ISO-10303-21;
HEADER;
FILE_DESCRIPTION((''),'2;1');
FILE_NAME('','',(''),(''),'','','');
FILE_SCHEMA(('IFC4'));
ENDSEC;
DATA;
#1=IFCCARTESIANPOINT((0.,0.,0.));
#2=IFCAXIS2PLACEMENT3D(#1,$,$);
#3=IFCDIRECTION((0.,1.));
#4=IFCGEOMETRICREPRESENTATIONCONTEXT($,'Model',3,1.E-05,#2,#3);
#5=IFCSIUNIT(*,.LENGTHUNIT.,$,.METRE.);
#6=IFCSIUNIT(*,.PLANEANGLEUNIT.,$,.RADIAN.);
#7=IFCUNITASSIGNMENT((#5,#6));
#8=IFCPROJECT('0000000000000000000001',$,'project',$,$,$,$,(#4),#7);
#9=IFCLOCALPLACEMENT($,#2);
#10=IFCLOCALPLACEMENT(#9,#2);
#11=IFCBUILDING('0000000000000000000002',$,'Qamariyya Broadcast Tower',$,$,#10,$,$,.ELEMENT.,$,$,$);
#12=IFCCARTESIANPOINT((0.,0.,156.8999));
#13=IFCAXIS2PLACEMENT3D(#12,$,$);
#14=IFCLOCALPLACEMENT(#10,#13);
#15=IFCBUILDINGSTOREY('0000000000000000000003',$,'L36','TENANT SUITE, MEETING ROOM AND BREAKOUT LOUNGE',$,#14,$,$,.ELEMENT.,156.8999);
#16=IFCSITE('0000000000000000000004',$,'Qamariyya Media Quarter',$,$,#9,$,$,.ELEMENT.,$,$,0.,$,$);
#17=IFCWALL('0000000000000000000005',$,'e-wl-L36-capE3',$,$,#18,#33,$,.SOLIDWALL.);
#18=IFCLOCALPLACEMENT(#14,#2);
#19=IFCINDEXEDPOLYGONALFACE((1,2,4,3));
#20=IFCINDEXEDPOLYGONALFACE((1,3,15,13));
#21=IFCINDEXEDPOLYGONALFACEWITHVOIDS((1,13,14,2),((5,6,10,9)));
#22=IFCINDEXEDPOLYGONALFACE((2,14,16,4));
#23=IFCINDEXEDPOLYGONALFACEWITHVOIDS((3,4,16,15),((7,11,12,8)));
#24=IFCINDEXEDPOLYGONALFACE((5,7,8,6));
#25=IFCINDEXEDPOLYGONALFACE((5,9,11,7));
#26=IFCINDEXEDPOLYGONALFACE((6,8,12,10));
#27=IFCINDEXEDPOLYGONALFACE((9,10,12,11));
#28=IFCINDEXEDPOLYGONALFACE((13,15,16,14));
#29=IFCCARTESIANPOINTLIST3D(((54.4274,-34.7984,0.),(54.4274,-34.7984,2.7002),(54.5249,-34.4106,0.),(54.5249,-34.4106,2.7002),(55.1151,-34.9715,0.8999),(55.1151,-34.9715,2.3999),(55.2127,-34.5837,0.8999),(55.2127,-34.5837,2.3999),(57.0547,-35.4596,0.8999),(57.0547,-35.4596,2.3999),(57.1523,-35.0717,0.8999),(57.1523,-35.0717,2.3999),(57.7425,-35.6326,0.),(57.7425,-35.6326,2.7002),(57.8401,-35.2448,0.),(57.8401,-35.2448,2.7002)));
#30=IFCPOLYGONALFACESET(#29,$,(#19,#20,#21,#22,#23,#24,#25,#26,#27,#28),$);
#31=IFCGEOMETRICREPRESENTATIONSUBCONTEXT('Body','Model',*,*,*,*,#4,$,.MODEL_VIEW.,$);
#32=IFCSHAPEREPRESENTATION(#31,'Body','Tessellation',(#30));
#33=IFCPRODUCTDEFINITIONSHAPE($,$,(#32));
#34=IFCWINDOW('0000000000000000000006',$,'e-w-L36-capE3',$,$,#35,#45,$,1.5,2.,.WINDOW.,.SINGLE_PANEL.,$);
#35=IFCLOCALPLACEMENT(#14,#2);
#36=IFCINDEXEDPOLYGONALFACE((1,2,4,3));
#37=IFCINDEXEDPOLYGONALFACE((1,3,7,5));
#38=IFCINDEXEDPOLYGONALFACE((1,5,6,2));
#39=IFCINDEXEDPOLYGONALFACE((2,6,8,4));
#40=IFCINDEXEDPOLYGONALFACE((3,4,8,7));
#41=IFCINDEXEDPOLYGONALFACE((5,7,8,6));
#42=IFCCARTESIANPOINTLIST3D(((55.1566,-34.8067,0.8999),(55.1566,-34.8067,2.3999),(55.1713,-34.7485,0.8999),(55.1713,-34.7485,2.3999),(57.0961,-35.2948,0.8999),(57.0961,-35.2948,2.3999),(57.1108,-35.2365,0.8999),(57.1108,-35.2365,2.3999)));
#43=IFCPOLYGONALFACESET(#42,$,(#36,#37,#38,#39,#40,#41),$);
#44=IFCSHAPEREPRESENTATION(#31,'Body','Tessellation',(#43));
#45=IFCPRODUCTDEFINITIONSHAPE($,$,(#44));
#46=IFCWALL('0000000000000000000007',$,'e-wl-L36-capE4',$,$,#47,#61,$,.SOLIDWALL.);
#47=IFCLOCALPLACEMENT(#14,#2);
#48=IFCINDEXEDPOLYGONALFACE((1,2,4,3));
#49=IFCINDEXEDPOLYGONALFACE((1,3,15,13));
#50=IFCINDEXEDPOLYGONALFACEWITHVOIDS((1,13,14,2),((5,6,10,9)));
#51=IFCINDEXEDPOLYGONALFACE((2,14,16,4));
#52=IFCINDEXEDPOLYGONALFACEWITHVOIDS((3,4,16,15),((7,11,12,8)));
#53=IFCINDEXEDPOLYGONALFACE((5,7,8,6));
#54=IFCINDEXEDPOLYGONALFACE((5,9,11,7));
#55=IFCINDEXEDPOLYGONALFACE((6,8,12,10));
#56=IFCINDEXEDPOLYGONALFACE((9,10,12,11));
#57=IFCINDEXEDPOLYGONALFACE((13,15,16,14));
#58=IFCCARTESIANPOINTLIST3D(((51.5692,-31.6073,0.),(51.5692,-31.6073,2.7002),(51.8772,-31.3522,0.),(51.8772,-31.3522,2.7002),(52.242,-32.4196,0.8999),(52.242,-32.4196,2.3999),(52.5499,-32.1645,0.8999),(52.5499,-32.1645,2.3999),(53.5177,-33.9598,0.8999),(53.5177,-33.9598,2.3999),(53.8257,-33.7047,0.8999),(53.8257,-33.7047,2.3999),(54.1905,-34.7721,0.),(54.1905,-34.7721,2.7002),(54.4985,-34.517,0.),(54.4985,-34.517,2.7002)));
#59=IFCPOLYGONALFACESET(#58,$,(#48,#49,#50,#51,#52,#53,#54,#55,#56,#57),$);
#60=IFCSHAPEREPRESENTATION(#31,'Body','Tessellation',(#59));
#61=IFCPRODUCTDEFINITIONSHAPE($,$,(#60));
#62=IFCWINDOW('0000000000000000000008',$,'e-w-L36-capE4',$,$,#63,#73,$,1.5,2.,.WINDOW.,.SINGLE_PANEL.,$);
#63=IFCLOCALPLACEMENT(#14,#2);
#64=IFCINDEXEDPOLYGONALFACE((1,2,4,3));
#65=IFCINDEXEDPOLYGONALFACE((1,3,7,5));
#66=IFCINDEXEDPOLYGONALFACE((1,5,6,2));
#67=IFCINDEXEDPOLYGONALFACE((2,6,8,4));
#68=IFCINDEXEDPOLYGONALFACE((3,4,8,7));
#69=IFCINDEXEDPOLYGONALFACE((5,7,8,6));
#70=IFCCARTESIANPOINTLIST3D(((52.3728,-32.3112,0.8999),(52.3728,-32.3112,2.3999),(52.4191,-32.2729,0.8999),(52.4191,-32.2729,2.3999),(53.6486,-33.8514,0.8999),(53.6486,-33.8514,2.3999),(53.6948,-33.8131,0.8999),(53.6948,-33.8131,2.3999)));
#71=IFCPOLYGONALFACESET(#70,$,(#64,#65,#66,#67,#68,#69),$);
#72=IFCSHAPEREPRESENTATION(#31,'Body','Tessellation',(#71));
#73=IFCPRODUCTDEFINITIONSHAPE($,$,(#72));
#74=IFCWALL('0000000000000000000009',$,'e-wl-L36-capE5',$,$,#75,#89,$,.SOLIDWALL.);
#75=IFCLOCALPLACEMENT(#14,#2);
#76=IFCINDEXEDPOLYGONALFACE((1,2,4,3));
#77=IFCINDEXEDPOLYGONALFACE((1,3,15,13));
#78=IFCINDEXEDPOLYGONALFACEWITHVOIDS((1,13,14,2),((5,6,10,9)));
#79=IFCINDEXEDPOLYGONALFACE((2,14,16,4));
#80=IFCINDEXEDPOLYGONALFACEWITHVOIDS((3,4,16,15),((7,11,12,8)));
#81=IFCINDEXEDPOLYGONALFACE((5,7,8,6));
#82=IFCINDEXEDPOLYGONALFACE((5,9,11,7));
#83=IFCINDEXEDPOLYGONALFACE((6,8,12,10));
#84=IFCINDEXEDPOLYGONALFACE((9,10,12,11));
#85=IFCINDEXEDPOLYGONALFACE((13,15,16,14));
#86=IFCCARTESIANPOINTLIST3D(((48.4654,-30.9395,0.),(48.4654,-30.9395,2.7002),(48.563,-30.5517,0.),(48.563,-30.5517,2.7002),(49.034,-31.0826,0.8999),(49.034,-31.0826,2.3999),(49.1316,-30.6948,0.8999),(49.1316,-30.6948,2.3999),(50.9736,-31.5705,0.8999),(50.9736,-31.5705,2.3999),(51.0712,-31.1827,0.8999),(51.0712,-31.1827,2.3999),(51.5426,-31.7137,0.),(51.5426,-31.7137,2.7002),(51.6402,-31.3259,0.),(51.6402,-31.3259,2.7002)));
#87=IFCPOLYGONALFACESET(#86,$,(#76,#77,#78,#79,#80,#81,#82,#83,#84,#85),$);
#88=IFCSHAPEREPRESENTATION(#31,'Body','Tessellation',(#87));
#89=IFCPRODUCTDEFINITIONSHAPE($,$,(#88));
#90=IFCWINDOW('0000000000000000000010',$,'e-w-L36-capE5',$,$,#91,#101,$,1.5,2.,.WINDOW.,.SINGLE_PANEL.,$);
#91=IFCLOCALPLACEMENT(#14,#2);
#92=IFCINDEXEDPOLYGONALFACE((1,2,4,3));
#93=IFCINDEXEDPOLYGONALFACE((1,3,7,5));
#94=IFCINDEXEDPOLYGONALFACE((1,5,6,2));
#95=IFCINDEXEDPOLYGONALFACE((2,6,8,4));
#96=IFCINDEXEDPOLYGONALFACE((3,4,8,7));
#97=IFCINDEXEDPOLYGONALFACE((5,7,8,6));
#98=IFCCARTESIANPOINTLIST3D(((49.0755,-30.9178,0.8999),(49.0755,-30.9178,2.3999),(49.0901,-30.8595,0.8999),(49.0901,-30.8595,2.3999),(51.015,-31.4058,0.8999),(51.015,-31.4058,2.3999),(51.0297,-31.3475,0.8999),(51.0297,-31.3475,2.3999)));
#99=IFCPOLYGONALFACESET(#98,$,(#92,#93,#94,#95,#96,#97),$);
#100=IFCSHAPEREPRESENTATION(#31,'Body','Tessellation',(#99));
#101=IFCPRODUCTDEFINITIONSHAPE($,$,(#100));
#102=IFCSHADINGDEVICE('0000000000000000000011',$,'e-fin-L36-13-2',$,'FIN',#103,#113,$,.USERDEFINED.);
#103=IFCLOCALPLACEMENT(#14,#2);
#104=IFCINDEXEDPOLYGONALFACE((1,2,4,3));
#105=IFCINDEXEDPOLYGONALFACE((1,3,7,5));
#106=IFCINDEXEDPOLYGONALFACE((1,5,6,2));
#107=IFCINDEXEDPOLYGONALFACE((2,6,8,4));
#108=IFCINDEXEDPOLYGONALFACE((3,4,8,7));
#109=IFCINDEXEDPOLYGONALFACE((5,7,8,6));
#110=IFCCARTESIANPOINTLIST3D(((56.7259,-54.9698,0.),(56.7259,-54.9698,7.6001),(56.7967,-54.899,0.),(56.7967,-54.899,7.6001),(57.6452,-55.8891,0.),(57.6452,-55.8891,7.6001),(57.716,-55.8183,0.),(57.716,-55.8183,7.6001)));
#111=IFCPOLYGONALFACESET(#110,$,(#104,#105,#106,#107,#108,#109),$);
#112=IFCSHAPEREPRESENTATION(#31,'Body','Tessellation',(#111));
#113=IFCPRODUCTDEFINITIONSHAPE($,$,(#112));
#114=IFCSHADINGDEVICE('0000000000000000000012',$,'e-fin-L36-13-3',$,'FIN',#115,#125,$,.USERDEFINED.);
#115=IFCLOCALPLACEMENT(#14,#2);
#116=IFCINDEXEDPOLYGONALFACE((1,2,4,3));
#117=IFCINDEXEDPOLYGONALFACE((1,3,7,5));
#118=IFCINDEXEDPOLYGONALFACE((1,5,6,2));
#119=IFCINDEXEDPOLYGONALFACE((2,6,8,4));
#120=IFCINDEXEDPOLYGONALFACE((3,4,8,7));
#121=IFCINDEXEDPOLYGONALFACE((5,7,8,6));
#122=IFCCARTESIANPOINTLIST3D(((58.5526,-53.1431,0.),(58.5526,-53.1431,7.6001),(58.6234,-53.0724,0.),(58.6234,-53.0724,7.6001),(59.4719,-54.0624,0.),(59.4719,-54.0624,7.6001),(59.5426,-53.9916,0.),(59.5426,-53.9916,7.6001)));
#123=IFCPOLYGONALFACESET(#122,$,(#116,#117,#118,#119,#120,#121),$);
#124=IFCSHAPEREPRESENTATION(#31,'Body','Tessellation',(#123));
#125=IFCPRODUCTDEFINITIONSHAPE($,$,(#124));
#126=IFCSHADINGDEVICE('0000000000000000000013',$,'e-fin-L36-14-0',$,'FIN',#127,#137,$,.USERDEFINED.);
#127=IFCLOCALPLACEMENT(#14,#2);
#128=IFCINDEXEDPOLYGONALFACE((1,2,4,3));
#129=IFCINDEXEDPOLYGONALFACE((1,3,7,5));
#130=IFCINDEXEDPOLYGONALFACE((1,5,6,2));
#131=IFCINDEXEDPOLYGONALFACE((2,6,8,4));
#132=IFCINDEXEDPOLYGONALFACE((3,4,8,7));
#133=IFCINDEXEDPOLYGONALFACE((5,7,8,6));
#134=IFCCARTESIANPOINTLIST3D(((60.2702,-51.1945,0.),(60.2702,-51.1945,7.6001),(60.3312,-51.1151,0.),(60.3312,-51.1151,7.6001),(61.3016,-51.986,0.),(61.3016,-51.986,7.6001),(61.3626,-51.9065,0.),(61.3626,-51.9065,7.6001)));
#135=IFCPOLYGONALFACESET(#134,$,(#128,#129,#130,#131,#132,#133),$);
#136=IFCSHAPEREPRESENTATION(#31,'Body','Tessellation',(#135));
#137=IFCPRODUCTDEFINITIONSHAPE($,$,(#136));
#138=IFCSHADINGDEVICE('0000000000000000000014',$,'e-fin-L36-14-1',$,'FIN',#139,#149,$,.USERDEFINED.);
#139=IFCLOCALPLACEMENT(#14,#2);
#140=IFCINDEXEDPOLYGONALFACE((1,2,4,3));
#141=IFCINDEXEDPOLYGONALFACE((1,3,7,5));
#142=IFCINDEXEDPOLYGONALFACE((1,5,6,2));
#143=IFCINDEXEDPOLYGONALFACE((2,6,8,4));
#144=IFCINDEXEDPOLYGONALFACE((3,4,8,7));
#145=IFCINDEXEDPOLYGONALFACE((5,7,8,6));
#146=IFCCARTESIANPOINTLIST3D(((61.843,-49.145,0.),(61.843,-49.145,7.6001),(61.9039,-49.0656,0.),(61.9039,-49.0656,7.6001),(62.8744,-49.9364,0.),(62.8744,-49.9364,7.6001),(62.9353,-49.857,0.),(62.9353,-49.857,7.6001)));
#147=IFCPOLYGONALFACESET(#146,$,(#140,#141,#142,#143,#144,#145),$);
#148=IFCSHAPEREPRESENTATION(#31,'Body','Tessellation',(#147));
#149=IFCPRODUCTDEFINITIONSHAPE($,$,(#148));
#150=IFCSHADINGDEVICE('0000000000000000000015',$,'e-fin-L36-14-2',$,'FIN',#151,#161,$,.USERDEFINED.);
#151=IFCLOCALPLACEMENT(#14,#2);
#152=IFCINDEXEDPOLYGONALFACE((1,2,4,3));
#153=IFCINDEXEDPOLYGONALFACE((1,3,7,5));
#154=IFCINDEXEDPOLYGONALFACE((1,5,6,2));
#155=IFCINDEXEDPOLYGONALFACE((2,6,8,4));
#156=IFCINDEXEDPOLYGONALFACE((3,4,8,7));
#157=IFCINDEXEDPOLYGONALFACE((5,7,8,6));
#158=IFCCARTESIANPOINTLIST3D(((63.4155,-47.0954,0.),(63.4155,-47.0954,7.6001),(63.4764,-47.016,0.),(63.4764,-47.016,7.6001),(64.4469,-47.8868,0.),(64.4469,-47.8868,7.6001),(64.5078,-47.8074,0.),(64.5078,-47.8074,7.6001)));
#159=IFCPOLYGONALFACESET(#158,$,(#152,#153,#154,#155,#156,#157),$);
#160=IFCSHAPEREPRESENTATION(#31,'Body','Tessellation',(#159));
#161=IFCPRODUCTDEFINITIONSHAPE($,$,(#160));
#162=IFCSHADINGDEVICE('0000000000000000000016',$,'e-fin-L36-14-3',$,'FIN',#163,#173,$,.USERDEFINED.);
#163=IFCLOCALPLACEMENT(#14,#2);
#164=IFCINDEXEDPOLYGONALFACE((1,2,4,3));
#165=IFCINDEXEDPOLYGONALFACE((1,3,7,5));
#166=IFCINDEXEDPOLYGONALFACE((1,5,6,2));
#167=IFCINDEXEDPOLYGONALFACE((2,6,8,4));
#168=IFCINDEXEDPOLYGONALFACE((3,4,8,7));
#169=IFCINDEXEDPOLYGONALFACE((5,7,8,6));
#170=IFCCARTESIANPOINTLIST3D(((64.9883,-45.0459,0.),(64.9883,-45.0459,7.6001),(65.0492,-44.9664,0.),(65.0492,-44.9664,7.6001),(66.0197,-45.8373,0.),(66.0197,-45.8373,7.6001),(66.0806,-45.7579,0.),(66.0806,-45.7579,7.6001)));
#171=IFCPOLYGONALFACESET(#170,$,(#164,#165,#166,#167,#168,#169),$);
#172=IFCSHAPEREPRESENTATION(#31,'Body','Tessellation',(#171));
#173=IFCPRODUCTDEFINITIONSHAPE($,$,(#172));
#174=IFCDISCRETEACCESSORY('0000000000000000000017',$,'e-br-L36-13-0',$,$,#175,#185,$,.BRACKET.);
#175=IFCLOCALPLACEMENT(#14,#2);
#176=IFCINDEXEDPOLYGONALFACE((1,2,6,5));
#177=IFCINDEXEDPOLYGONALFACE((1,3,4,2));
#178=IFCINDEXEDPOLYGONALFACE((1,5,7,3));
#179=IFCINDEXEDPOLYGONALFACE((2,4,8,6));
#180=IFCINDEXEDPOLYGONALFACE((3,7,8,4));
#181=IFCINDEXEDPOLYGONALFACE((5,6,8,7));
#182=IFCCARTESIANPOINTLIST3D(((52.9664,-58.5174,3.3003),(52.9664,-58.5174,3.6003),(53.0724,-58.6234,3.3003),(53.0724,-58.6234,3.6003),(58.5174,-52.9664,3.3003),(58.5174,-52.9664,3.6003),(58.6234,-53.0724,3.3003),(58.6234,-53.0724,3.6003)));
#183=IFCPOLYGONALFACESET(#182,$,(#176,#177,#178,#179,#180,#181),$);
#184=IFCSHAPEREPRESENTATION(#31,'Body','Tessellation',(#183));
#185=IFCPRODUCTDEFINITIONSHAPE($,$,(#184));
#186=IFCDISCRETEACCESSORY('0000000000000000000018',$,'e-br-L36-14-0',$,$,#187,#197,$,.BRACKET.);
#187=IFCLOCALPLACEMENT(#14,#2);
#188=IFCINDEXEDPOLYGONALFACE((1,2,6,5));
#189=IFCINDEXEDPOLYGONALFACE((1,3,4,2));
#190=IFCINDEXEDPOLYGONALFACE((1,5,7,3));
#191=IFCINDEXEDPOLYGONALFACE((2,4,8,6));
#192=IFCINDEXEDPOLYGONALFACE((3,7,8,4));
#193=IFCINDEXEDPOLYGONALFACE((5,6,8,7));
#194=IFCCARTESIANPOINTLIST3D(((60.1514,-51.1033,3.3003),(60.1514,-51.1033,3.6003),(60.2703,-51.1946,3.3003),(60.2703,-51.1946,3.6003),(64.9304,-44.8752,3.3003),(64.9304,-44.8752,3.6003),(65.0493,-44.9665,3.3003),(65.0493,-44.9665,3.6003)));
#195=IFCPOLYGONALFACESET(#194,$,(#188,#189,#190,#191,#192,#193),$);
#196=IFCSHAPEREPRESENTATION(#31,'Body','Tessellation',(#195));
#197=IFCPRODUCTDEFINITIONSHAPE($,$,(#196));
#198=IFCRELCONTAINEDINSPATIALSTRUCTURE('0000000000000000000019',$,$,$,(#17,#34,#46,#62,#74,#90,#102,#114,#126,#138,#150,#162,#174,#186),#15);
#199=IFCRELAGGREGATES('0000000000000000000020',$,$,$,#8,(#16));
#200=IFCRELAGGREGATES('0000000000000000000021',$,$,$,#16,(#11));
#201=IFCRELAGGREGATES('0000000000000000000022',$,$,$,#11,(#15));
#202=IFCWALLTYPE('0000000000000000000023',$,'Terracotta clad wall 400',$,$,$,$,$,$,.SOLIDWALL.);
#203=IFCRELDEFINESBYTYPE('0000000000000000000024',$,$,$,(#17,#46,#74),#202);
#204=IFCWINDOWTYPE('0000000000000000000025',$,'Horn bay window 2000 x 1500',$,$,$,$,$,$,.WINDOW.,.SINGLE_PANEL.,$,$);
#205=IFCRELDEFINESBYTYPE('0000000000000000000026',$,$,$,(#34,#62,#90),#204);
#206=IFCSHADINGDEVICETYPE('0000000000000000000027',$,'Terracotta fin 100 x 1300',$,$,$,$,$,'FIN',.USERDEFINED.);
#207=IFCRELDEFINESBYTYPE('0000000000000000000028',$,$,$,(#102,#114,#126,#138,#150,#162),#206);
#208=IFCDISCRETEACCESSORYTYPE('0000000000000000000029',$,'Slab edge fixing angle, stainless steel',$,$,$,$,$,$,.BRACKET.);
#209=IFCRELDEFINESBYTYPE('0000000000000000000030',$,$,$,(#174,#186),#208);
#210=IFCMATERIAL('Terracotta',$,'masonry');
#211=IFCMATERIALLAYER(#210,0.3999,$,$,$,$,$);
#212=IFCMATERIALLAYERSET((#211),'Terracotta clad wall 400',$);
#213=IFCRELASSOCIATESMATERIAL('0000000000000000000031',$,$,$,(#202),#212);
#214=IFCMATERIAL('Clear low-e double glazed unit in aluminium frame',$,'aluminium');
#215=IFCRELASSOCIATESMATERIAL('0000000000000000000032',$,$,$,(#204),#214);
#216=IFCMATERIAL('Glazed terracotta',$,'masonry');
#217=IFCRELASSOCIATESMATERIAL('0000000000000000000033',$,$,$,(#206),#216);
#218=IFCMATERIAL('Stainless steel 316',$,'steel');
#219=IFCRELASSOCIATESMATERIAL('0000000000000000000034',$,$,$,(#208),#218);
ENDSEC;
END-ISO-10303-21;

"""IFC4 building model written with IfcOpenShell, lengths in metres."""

from ifc_helpers import new_model, si_unit, direction, frame, frame_2d, origin, origin_2d, place, context, subcontext, project, spatial, rectangle, extrude, material, layer, layer_set, material_profile, profile_set, type_object, element, fill, save


model = new_model("IFC4")

# Units and contexts
model_context = context("Model", 3, precision=1e-05, world=origin(), true_north=direction((0.0, 1.0)))
body_context = subcontext(model_context, "Body", "Model", "MODEL_VIEW")
ifc_project = project(units=[si_unit("LENGTHUNIT", "METRE"), si_unit("PLANEANGLEUNIT", "RADIAN")], contexts=[model_context])

# Site, building, storey
site_placement = place(None, origin())
site = spatial("IfcSite", under=ifc_project, at=site_placement, Name="Qamariyya Media Quarter", CompositionType="ELEMENT", RefElevation=0.0)
building_placement = place(site_placement, origin())
building = spatial("IfcBuilding", under=site, at=building_placement, Name="Qamariyya Broadcast Tower", CompositionType="ELEMENT")
storey_placement = place(building_placement, frame((0.0, 0.0, 156.8999)))
storey = spatial("IfcBuildingStorey", under=building, at=storey_placement, Name="L36", Description="TENANT SUITE, MEETING ROOM AND BREAKOUT LOUNGE", CompositionType="ELEMENT", Elevation=156.8999)

# Walls, openings, windows
ifc_material_1 = material(Name="Terracotta", Category="masonry")
ifc_layer = layer(ifc_material_1, 0.3999)
ifc_layer_set = layer_set([ifc_layer], Name="Terracotta clad wall 400")
wall_type = type_object("IfcWallType", Name="Terracotta clad wall 400", PredefinedType="SOLIDWALL", material=ifc_layer_set)
ifc_material_2 = material(Name="Clear low-e double glazed unit in aluminium frame", Category="aluminium")
window_type = type_object("IfcWindowType", Name="Horn bay window 2000 x 1500", PartitioningType="SINGLE_PANEL", PredefinedType="WINDOW", material=ifc_material_2)
wall_1_placement = place(storey_placement, frame((57.7913, -35.4387, 0.0), z_axis=(0.0, 0.0, 1.0), x_axis=(-0.969767, 0.244031, 0.0)))
wall_1 = element("IfcWall", 1, at=wall_1_placement, inside=storey, type_object=wall_type, Name="e-wl-L36-capE3", PredefinedType="SOLIDWALL", context=body_context, shape_type="SweptSolid", body=[
    extrude(rectangle(XDim=3.4185, YDim=0.3999, at=frame_2d((1.7092, 0.0))), origin(), (0.0, 0.0, 1.0), 2.7002),
])
opening_1_placement = place(wall_1_placement, frame((0.7092, 0.0, 0.8999)))
opening_1 = element("IfcOpeningElement", 2, at=opening_1_placement, cuts=wall_1, PredefinedType="OPENING", context=body_context, shape_type="SweptSolid", body=[
    extrude(rectangle(XDim=2.0, YDim=1.5, at=frame_2d((1.0, 0.75))), frame((0.0, 0.21, 0.0), z_axis=(0.0, -1.0, 0.0), x_axis=(1.0, 0.0, 0.0)), (0.0, 0.0, 1.0), 0.4199),
])
window_1_placement = place(opening_1_placement, origin())
window_1 = element("IfcWindow", 3, at=window_1_placement, inside=storey, type_object=window_type, Name="e-w-L36-capE3", OverallHeight=1.5, OverallWidth=2.0, PartitioningType="SINGLE_PANEL", PredefinedType="WINDOW", context=body_context, shape_type="SweptSolid", body=[
    extrude(rectangle(XDim=2.0, YDim=1.5, at=frame_2d((1.0, 0.75))), frame((0.0, 0.03, 0.0), z_axis=(0.0, -1.0, 0.0), x_axis=(1.0, 0.0, 0.0)), (0.0, 0.0, 1.0), 0.0601),
])
fill(opening_1, window_1)
wall_2_placement = place(storey_placement, frame((54.3445, -34.6445, 0.0), z_axis=(0.0, 0.0, 1.0), x_axis=(-0.637885, 0.770132, 0.0)))
wall_2 = element("IfcWall", 4, at=wall_2_placement, inside=storey, type_object=wall_type, Name="e-wl-L36-capE4", PredefinedType="SOLIDWALL", context=body_context, shape_type="SweptSolid", body=[
    extrude(rectangle(XDim=4.1094, YDim=0.3999, at=frame_2d((2.0547, 0.0))), origin(), (0.0, 0.0, 1.0), 2.7002),
])
opening_2_placement = place(wall_2_placement, frame((1.0547, 0.0, 0.8999)))
opening_2 = element("IfcOpeningElement", 5, at=opening_2_placement, cuts=wall_2, PredefinedType="OPENING", context=body_context, shape_type="SweptSolid", body=[
    extrude(rectangle(XDim=2.0, YDim=1.5, at=frame_2d((1.0, 0.75))), frame((0.0, 0.21, 0.0), z_axis=(0.0, -1.0, 0.0), x_axis=(1.0, 0.0, 0.0)), (0.0, 0.0, 1.0), 0.4199),
])
window_2_placement = place(opening_2_placement, origin())
window_2 = element("IfcWindow", 6, at=window_2_placement, inside=storey, type_object=window_type, Name="e-w-L36-capE4", OverallHeight=1.5, OverallWidth=2.0, PartitioningType="SINGLE_PANEL", PredefinedType="WINDOW", context=body_context, shape_type="SweptSolid", body=[
    extrude(rectangle(XDim=2.0, YDim=1.5, at=frame_2d((1.0, 0.75))), frame((0.0, 0.03, 0.0), z_axis=(0.0, -1.0, 0.0), x_axis=(1.0, 0.0, 0.0)), (0.0, 0.0, 1.0), 0.0601),
])
fill(opening_2, window_2)
wall_3_placement = place(storey_placement, frame((51.5913, -31.5198, 0.0), z_axis=(0.0, 0.0, 1.0), x_axis=(-0.969779, 0.243984, 0.0)))
wall_3 = element("IfcWall", 7, at=wall_3_placement, inside=storey, type_object=wall_type, Name="e-wl-L36-capE5", PredefinedType="SOLIDWALL", context=body_context, shape_type="SweptSolid", body=[
    extrude(rectangle(XDim=3.1731, YDim=0.3999, at=frame_2d((1.5864, 0.0))), origin(), (0.0, 0.0, 1.0), 2.7002),
])
opening_3_placement = place(wall_3_placement, frame((0.5867, 0.0, 0.8999)))
opening_3 = element("IfcOpeningElement", 8, at=opening_3_placement, cuts=wall_3, PredefinedType="OPENING", context=body_context, shape_type="SweptSolid", body=[
    extrude(rectangle(XDim=2.0, YDim=1.5, at=frame_2d((1.0, 0.75))), frame((0.0, 0.21, 0.0), z_axis=(0.0, -1.0, 0.0), x_axis=(1.0, 0.0, 0.0)), (0.0, 0.0, 1.0), 0.4199),
])
window_3_placement = place(opening_3_placement, origin())
window_3 = element("IfcWindow", 9, at=window_3_placement, inside=storey, type_object=window_type, Name="e-w-L36-capE5", OverallHeight=1.5, OverallWidth=2.0, PartitioningType="SINGLE_PANEL", PredefinedType="WINDOW", context=body_context, shape_type="SweptSolid", body=[
    extrude(rectangle(XDim=2.0, YDim=1.5, at=frame_2d((1.0, 0.75))), frame((0.0, 0.03, 0.0), z_axis=(0.0, -1.0, 0.0), x_axis=(1.0, 0.0, 0.0)), (0.0, 0.0, 1.0), 0.0601),
])
fill(opening_3, window_3)

# Shading devices
ifc_material_3 = material(Name="Glazed terracotta", Category="masonry")
ifc_material_profile_1 = material_profile(ifc_material_3, rectangle(XDim=1.3, YDim=0.1001, at=origin_2d()))
ifc_profile_set_1 = profile_set([ifc_material_profile_1], Name="Glazed terracotta")
shading_device_type_1 = type_object("IfcShadingDeviceType", Name="Terracotta fin 100 x 1300", ElementType="FIN", PredefinedType="USERDEFINED", material=ifc_profile_set_1)
for number, where, z_axis, x_axis, name in (
    (10, (57.2209, -55.394, 0.0), (0.0, 0.0, 1.0), (0.707107, -0.707107, 0.0), "e-fin-L36-13-2"),
    (11, (59.0476, -53.5674, 0.0), (0.0, 0.0, 1.0), (0.707107, -0.707107, 0.0), "e-fin-L36-13-3"),
    (12, (60.8164, -51.5505, 0.0), (0.0, 0.0, 1.0), (0.793353, -0.608761, 0.0), "e-fin-L36-14-0"),
    (13, (62.3892, -49.501, 0.0), (0.0, 0.0, 1.0), (0.793353, -0.608761, 0.0), "e-fin-L36-14-1"),
    (14, (63.9617, -47.4514, 0.0), (0.0, 0.0, 1.0), (0.793353, -0.608761, 0.0), "e-fin-L36-14-2"),
    (15, (65.5344, -45.4019, 0.0), (0.0, 0.0, 1.0), (0.793353, -0.608761, 0.0), "e-fin-L36-14-3"),
):
    element("IfcShadingDevice", number, at=place(storey_placement, frame(where, z_axis=z_axis, x_axis=x_axis)), inside=storey, type_object=shading_device_type_1, Name=name, ObjectType="FIN", PredefinedType="USERDEFINED", context=body_context, shape_type="SweptSolid", body=[
        extrude(rectangle(XDim=1.3, YDim=0.1001, at=origin_2d()), origin(), (0.0, 0.0, 1.0), 7.6001),
    ])

# Discrete accessories
ifc_material_4 = material(Name="Stainless steel 316", Category="steel")
discrete_accessory_type = type_object("IfcDiscreteAccessoryType", Name="Slab edge fixing angle, stainless steel", PredefinedType="BRACKET", material=ifc_material_4)
for number, where, z_axis, x_axis, name in (
    (16, (55.7949, -55.7949, 3.3003), (0.0, 0.0, 1.0), (0.707107, 0.707107, 0.0), "e-br-L36-13-0"),
    (17, (62.6003, -48.0349, 3.3003), (0.0, 0.0, 1.0), (0.608761, 0.793353, 0.0), "e-br-L36-14-0"),
):
    element("IfcDiscreteAccessory", number, at=place(storey_placement, frame(where, z_axis=z_axis, x_axis=x_axis)), inside=storey, type_object=discrete_accessory_type, Name=name, PredefinedType="BRACKET", context=body_context, shape_type="SweptSolid", body=[
        extrude(rectangle(XDim=7.8503, YDim=0.1499, at=origin_2d()), origin(), (0.0, 0.0, 1.0), 0.3),
    ])

save(model, "model.ifc")
